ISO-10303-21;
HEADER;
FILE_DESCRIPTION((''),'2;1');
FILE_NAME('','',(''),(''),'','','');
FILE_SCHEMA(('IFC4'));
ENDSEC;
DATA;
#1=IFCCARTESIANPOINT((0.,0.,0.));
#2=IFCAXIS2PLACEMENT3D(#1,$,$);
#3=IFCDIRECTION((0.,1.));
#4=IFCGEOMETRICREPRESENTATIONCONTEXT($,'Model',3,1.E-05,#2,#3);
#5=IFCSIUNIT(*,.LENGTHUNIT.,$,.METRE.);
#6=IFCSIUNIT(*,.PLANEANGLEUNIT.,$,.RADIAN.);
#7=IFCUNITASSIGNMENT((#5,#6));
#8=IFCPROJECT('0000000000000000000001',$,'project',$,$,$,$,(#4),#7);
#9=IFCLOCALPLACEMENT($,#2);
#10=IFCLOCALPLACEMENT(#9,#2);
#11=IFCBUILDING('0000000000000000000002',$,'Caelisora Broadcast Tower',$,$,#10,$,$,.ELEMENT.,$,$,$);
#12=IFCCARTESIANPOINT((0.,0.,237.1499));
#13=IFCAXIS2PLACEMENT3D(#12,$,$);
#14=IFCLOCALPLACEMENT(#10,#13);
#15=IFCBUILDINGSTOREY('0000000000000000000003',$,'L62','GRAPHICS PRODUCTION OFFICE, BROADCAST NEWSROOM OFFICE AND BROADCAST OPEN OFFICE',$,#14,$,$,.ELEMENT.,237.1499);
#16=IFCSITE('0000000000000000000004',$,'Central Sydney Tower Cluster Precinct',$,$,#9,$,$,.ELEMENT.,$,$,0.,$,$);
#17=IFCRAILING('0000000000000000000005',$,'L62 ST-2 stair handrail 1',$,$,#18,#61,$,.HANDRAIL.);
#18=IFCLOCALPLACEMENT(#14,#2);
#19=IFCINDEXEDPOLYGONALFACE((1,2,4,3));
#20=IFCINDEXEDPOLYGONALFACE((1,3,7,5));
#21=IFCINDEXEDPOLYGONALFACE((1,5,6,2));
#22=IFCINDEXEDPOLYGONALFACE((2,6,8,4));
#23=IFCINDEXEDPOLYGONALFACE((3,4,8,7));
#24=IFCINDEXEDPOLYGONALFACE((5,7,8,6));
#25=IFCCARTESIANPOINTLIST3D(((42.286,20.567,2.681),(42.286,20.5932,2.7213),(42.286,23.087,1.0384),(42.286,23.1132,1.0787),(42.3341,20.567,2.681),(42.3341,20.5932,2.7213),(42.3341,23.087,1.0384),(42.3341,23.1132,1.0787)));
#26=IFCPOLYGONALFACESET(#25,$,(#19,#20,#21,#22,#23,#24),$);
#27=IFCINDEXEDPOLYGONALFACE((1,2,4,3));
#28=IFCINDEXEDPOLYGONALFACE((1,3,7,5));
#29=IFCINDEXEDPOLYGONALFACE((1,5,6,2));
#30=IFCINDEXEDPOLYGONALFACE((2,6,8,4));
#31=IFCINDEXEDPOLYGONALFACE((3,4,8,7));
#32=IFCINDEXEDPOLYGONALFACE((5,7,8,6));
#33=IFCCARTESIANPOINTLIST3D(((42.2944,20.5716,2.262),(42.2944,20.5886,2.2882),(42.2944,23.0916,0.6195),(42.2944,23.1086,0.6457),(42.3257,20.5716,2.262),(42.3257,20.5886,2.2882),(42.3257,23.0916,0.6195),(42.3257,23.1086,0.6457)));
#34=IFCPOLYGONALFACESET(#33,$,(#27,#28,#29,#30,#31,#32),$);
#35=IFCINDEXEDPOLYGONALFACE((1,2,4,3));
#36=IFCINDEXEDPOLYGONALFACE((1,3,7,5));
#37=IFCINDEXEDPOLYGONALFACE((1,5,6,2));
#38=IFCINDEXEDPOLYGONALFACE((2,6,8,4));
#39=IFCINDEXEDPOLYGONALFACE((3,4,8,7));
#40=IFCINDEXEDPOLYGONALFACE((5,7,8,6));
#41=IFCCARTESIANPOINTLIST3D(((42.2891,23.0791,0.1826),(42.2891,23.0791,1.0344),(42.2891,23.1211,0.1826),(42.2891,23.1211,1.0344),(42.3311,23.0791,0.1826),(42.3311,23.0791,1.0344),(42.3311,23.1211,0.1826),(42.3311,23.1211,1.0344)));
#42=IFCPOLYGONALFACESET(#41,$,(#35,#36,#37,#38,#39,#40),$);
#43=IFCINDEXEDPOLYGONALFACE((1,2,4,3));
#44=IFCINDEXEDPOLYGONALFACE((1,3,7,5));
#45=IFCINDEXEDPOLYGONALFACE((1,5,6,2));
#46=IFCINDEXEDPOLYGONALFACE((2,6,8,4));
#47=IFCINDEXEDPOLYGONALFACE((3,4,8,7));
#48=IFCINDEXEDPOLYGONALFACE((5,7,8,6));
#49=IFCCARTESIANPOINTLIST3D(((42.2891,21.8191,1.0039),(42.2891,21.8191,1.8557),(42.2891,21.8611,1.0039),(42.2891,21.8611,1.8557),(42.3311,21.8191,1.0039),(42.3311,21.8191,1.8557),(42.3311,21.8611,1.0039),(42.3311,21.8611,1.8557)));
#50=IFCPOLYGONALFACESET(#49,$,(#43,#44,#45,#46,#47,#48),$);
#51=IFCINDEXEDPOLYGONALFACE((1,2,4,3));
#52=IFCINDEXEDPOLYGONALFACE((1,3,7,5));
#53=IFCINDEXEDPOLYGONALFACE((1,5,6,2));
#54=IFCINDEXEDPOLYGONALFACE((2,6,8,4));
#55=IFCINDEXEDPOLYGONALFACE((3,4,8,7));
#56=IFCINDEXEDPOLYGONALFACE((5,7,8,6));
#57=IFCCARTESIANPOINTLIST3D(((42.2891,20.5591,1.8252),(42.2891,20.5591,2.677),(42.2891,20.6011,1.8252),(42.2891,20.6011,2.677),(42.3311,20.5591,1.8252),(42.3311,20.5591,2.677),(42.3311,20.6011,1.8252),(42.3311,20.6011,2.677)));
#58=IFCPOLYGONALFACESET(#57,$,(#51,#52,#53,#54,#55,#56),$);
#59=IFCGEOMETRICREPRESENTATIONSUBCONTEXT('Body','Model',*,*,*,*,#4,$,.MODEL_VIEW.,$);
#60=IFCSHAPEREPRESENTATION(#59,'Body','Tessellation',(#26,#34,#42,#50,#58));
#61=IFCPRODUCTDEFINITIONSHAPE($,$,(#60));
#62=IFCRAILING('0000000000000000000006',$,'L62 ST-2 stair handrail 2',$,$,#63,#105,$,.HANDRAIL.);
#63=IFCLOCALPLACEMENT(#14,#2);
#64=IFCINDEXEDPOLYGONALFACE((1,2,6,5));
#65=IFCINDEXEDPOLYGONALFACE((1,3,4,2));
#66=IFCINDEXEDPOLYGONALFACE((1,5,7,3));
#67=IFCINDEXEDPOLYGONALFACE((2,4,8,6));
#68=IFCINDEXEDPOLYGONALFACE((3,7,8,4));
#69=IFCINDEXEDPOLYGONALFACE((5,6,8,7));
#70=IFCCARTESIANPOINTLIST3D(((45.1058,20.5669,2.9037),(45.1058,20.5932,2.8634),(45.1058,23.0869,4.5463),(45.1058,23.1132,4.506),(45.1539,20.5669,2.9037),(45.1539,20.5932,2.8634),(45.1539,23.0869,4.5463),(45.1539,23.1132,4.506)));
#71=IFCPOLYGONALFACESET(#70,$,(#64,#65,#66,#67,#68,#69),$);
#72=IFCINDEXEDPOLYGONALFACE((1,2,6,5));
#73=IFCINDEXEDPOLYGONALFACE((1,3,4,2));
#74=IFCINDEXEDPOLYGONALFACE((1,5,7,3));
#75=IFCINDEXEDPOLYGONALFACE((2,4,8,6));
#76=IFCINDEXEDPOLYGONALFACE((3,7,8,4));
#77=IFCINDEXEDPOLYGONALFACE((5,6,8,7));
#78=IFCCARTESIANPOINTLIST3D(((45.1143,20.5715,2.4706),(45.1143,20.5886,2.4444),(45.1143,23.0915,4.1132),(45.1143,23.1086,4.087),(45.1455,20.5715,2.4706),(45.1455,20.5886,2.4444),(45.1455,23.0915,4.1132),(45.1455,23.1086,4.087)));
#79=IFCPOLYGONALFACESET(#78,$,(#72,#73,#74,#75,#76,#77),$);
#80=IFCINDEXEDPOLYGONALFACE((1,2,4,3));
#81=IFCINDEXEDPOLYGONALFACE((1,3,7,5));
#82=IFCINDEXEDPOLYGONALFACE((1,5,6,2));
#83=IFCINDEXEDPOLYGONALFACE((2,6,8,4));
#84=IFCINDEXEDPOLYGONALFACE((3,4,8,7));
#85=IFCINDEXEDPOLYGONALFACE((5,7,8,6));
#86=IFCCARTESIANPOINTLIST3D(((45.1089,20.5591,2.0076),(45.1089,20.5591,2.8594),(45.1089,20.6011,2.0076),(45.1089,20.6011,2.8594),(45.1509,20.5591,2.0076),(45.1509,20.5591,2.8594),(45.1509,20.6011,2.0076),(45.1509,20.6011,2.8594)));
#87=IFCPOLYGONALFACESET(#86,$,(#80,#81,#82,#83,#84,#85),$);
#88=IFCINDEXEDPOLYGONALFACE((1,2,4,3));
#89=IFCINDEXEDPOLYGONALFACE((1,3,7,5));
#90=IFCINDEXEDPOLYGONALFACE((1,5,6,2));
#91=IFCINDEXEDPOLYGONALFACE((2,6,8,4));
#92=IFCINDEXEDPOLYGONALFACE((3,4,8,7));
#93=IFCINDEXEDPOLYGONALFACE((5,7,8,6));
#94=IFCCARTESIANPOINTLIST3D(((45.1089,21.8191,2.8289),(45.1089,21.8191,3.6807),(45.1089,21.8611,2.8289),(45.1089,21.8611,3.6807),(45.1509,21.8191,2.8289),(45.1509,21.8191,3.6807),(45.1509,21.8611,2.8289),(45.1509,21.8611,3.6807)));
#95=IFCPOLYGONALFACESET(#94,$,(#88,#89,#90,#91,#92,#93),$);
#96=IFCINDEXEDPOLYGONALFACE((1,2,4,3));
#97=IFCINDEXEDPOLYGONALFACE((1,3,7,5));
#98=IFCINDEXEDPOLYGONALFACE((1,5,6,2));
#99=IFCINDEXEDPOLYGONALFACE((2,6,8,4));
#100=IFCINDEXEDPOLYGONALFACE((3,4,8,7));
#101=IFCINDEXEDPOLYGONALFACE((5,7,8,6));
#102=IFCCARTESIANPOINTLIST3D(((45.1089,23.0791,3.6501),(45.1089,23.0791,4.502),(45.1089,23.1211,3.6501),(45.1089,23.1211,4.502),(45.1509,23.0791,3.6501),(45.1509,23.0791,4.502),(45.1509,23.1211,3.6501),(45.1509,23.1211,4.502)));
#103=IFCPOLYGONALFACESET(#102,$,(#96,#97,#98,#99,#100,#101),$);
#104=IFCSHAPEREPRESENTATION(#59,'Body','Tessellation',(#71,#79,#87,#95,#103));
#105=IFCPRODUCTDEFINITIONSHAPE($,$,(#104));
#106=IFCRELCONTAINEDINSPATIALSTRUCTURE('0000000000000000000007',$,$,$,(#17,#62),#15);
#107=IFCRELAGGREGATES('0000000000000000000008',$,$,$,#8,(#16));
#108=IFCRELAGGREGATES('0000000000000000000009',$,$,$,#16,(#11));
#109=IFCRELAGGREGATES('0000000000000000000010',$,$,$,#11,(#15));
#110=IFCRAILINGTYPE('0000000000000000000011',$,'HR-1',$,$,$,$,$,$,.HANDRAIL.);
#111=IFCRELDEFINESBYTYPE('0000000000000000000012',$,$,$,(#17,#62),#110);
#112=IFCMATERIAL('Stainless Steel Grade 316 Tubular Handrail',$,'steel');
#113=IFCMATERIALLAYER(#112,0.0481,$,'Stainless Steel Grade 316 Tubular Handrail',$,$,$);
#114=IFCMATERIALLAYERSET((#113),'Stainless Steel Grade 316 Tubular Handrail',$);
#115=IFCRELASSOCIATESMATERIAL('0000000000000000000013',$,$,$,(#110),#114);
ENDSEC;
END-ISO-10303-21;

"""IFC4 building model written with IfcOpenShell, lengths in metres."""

from ifc_helpers import new_model, si_unit, direction, frame, origin, origin_2d, place, context, subcontext, project, spatial, rectangle, extrude, material, layer, layer_set, type_object, element, save


model = new_model("IFC4")

# Units and contexts
model_context = context("Model", 3, precision=1e-05, world=origin(), true_north=direction((0.0, 1.0)))
body_context = subcontext(model_context, "Body", "Model", "MODEL_VIEW")
ifc_project = project(units=[si_unit("LENGTHUNIT", "METRE"), si_unit("PLANEANGLEUNIT", "RADIAN")], contexts=[model_context])

# Site, building, storey
site_placement = place(None, origin())
site = spatial("IfcSite", under=ifc_project, at=site_placement, Name="Central Sydney Tower Cluster Precinct", CompositionType="ELEMENT", RefElevation=0.0)
building_placement = place(site_placement, origin())
building = spatial("IfcBuilding", under=site, at=building_placement, Name="Caelisora Broadcast Tower", CompositionType="ELEMENT")
storey_placement = place(building_placement, frame((0.0, 0.0, 237.1499)))
storey = spatial("IfcBuildingStorey", under=building, at=storey_placement, Name="L62", Description="GRAPHICS PRODUCTION OFFICE, BROADCAST NEWSROOM OFFICE AND BROADCAST OPEN OFFICE", CompositionType="ELEMENT", Elevation=237.1499)

# Railings
ifc_material_1 = material(Name="Stainless Steel Grade 316 Tubular Handrail", Category="steel")
ifc_layer_1 = layer(ifc_material_1, 0.0481, Name="Stainless Steel Grade 316 Tubular Handrail")
ifc_layer_set_1 = layer_set([ifc_layer_1], Name="Stainless Steel Grade 316 Tubular Handrail")
railing_type_1 = type_object("IfcRailingType", Name="HR-1", PredefinedType="HANDRAIL", material=ifc_layer_set_1)
railing_1_placement = place(storey_placement, frame((42.3101, 23.1001, 0.1826)))
element("IfcRailing", 1, at=railing_1_placement, inside=storey, type_object=railing_type_1, Name="L62 ST-2 stair handrail 1", PredefinedType="HANDRAIL", context=body_context, shape_type="SweptSolid", body=[
    extrude(rectangle(XDim=0.0481, YDim=0.0481, at=origin_2d()), frame((0.0, 0.0, 0.876), z_axis=(0.0, -0.837749, 0.546055), x_axis=(1.0, 0.0, 0.0)), (0.0, 0.0, 1.0), 3.0081),
    extrude(rectangle(XDim=0.0312, YDim=0.0312, at=origin_2d()), frame((0.0, 0.0, 0.45), z_axis=(0.0, -0.837749, 0.546055), x_axis=(1.0, 0.0, 0.0)), (0.0, 0.0, 1.0), 3.0081),
    extrude(rectangle(XDim=0.042, YDim=0.042, at=origin_2d()), origin(), (0.0, 0.0, 1.0), 0.8518),
    extrude(rectangle(XDim=0.042, YDim=0.042, at=origin_2d()), frame((0.0, -1.26, 0.8213)), (0.0, 0.0, 1.0), 0.8518),
    extrude(rectangle(XDim=0.042, YDim=0.042, at=origin_2d()), frame((0.0, -2.52, 1.6426)), (0.0, 0.0, 1.0), 0.8518),
])
railing_2_placement = place(storey_placement, frame((45.1299, 20.5801, 2.0076)))
element("IfcRailing", 2, at=railing_2_placement, inside=storey, type_object=railing_type_1, Name="L62 ST-2 stair handrail 2", PredefinedType="HANDRAIL", context=body_context, shape_type="SweptSolid", body=[
    extrude(rectangle(XDim=0.0481, YDim=0.0481, at=origin_2d()), frame((0.0, 0.0, 0.876), z_axis=(0.0, 0.837749, 0.546055), x_axis=(-1.0, 0.0, 0.0)), (0.0, 0.0, 1.0), 3.0081),
    extrude(rectangle(XDim=0.0312, YDim=0.0312, at=origin_2d()), frame((0.0, 0.0, 0.45), z_axis=(0.0, 0.837749, 0.546055), x_axis=(-1.0, 0.0, 0.0)), (0.0, 0.0, 1.0), 3.0081),
    extrude(rectangle(XDim=0.042, YDim=0.042, at=origin_2d()), origin(), (0.0, 0.0, 1.0), 0.8518),
    extrude(rectangle(XDim=0.042, YDim=0.042, at=origin_2d()), frame((0.0, 1.26, 0.8213)), (0.0, 0.0, 1.0), 0.8518),
    extrude(rectangle(XDim=0.042, YDim=0.042, at=origin_2d()), frame((0.0, 2.52, 1.6426)), (0.0, 0.0, 1.0), 0.8518),
])

save(model, "model.ifc")
